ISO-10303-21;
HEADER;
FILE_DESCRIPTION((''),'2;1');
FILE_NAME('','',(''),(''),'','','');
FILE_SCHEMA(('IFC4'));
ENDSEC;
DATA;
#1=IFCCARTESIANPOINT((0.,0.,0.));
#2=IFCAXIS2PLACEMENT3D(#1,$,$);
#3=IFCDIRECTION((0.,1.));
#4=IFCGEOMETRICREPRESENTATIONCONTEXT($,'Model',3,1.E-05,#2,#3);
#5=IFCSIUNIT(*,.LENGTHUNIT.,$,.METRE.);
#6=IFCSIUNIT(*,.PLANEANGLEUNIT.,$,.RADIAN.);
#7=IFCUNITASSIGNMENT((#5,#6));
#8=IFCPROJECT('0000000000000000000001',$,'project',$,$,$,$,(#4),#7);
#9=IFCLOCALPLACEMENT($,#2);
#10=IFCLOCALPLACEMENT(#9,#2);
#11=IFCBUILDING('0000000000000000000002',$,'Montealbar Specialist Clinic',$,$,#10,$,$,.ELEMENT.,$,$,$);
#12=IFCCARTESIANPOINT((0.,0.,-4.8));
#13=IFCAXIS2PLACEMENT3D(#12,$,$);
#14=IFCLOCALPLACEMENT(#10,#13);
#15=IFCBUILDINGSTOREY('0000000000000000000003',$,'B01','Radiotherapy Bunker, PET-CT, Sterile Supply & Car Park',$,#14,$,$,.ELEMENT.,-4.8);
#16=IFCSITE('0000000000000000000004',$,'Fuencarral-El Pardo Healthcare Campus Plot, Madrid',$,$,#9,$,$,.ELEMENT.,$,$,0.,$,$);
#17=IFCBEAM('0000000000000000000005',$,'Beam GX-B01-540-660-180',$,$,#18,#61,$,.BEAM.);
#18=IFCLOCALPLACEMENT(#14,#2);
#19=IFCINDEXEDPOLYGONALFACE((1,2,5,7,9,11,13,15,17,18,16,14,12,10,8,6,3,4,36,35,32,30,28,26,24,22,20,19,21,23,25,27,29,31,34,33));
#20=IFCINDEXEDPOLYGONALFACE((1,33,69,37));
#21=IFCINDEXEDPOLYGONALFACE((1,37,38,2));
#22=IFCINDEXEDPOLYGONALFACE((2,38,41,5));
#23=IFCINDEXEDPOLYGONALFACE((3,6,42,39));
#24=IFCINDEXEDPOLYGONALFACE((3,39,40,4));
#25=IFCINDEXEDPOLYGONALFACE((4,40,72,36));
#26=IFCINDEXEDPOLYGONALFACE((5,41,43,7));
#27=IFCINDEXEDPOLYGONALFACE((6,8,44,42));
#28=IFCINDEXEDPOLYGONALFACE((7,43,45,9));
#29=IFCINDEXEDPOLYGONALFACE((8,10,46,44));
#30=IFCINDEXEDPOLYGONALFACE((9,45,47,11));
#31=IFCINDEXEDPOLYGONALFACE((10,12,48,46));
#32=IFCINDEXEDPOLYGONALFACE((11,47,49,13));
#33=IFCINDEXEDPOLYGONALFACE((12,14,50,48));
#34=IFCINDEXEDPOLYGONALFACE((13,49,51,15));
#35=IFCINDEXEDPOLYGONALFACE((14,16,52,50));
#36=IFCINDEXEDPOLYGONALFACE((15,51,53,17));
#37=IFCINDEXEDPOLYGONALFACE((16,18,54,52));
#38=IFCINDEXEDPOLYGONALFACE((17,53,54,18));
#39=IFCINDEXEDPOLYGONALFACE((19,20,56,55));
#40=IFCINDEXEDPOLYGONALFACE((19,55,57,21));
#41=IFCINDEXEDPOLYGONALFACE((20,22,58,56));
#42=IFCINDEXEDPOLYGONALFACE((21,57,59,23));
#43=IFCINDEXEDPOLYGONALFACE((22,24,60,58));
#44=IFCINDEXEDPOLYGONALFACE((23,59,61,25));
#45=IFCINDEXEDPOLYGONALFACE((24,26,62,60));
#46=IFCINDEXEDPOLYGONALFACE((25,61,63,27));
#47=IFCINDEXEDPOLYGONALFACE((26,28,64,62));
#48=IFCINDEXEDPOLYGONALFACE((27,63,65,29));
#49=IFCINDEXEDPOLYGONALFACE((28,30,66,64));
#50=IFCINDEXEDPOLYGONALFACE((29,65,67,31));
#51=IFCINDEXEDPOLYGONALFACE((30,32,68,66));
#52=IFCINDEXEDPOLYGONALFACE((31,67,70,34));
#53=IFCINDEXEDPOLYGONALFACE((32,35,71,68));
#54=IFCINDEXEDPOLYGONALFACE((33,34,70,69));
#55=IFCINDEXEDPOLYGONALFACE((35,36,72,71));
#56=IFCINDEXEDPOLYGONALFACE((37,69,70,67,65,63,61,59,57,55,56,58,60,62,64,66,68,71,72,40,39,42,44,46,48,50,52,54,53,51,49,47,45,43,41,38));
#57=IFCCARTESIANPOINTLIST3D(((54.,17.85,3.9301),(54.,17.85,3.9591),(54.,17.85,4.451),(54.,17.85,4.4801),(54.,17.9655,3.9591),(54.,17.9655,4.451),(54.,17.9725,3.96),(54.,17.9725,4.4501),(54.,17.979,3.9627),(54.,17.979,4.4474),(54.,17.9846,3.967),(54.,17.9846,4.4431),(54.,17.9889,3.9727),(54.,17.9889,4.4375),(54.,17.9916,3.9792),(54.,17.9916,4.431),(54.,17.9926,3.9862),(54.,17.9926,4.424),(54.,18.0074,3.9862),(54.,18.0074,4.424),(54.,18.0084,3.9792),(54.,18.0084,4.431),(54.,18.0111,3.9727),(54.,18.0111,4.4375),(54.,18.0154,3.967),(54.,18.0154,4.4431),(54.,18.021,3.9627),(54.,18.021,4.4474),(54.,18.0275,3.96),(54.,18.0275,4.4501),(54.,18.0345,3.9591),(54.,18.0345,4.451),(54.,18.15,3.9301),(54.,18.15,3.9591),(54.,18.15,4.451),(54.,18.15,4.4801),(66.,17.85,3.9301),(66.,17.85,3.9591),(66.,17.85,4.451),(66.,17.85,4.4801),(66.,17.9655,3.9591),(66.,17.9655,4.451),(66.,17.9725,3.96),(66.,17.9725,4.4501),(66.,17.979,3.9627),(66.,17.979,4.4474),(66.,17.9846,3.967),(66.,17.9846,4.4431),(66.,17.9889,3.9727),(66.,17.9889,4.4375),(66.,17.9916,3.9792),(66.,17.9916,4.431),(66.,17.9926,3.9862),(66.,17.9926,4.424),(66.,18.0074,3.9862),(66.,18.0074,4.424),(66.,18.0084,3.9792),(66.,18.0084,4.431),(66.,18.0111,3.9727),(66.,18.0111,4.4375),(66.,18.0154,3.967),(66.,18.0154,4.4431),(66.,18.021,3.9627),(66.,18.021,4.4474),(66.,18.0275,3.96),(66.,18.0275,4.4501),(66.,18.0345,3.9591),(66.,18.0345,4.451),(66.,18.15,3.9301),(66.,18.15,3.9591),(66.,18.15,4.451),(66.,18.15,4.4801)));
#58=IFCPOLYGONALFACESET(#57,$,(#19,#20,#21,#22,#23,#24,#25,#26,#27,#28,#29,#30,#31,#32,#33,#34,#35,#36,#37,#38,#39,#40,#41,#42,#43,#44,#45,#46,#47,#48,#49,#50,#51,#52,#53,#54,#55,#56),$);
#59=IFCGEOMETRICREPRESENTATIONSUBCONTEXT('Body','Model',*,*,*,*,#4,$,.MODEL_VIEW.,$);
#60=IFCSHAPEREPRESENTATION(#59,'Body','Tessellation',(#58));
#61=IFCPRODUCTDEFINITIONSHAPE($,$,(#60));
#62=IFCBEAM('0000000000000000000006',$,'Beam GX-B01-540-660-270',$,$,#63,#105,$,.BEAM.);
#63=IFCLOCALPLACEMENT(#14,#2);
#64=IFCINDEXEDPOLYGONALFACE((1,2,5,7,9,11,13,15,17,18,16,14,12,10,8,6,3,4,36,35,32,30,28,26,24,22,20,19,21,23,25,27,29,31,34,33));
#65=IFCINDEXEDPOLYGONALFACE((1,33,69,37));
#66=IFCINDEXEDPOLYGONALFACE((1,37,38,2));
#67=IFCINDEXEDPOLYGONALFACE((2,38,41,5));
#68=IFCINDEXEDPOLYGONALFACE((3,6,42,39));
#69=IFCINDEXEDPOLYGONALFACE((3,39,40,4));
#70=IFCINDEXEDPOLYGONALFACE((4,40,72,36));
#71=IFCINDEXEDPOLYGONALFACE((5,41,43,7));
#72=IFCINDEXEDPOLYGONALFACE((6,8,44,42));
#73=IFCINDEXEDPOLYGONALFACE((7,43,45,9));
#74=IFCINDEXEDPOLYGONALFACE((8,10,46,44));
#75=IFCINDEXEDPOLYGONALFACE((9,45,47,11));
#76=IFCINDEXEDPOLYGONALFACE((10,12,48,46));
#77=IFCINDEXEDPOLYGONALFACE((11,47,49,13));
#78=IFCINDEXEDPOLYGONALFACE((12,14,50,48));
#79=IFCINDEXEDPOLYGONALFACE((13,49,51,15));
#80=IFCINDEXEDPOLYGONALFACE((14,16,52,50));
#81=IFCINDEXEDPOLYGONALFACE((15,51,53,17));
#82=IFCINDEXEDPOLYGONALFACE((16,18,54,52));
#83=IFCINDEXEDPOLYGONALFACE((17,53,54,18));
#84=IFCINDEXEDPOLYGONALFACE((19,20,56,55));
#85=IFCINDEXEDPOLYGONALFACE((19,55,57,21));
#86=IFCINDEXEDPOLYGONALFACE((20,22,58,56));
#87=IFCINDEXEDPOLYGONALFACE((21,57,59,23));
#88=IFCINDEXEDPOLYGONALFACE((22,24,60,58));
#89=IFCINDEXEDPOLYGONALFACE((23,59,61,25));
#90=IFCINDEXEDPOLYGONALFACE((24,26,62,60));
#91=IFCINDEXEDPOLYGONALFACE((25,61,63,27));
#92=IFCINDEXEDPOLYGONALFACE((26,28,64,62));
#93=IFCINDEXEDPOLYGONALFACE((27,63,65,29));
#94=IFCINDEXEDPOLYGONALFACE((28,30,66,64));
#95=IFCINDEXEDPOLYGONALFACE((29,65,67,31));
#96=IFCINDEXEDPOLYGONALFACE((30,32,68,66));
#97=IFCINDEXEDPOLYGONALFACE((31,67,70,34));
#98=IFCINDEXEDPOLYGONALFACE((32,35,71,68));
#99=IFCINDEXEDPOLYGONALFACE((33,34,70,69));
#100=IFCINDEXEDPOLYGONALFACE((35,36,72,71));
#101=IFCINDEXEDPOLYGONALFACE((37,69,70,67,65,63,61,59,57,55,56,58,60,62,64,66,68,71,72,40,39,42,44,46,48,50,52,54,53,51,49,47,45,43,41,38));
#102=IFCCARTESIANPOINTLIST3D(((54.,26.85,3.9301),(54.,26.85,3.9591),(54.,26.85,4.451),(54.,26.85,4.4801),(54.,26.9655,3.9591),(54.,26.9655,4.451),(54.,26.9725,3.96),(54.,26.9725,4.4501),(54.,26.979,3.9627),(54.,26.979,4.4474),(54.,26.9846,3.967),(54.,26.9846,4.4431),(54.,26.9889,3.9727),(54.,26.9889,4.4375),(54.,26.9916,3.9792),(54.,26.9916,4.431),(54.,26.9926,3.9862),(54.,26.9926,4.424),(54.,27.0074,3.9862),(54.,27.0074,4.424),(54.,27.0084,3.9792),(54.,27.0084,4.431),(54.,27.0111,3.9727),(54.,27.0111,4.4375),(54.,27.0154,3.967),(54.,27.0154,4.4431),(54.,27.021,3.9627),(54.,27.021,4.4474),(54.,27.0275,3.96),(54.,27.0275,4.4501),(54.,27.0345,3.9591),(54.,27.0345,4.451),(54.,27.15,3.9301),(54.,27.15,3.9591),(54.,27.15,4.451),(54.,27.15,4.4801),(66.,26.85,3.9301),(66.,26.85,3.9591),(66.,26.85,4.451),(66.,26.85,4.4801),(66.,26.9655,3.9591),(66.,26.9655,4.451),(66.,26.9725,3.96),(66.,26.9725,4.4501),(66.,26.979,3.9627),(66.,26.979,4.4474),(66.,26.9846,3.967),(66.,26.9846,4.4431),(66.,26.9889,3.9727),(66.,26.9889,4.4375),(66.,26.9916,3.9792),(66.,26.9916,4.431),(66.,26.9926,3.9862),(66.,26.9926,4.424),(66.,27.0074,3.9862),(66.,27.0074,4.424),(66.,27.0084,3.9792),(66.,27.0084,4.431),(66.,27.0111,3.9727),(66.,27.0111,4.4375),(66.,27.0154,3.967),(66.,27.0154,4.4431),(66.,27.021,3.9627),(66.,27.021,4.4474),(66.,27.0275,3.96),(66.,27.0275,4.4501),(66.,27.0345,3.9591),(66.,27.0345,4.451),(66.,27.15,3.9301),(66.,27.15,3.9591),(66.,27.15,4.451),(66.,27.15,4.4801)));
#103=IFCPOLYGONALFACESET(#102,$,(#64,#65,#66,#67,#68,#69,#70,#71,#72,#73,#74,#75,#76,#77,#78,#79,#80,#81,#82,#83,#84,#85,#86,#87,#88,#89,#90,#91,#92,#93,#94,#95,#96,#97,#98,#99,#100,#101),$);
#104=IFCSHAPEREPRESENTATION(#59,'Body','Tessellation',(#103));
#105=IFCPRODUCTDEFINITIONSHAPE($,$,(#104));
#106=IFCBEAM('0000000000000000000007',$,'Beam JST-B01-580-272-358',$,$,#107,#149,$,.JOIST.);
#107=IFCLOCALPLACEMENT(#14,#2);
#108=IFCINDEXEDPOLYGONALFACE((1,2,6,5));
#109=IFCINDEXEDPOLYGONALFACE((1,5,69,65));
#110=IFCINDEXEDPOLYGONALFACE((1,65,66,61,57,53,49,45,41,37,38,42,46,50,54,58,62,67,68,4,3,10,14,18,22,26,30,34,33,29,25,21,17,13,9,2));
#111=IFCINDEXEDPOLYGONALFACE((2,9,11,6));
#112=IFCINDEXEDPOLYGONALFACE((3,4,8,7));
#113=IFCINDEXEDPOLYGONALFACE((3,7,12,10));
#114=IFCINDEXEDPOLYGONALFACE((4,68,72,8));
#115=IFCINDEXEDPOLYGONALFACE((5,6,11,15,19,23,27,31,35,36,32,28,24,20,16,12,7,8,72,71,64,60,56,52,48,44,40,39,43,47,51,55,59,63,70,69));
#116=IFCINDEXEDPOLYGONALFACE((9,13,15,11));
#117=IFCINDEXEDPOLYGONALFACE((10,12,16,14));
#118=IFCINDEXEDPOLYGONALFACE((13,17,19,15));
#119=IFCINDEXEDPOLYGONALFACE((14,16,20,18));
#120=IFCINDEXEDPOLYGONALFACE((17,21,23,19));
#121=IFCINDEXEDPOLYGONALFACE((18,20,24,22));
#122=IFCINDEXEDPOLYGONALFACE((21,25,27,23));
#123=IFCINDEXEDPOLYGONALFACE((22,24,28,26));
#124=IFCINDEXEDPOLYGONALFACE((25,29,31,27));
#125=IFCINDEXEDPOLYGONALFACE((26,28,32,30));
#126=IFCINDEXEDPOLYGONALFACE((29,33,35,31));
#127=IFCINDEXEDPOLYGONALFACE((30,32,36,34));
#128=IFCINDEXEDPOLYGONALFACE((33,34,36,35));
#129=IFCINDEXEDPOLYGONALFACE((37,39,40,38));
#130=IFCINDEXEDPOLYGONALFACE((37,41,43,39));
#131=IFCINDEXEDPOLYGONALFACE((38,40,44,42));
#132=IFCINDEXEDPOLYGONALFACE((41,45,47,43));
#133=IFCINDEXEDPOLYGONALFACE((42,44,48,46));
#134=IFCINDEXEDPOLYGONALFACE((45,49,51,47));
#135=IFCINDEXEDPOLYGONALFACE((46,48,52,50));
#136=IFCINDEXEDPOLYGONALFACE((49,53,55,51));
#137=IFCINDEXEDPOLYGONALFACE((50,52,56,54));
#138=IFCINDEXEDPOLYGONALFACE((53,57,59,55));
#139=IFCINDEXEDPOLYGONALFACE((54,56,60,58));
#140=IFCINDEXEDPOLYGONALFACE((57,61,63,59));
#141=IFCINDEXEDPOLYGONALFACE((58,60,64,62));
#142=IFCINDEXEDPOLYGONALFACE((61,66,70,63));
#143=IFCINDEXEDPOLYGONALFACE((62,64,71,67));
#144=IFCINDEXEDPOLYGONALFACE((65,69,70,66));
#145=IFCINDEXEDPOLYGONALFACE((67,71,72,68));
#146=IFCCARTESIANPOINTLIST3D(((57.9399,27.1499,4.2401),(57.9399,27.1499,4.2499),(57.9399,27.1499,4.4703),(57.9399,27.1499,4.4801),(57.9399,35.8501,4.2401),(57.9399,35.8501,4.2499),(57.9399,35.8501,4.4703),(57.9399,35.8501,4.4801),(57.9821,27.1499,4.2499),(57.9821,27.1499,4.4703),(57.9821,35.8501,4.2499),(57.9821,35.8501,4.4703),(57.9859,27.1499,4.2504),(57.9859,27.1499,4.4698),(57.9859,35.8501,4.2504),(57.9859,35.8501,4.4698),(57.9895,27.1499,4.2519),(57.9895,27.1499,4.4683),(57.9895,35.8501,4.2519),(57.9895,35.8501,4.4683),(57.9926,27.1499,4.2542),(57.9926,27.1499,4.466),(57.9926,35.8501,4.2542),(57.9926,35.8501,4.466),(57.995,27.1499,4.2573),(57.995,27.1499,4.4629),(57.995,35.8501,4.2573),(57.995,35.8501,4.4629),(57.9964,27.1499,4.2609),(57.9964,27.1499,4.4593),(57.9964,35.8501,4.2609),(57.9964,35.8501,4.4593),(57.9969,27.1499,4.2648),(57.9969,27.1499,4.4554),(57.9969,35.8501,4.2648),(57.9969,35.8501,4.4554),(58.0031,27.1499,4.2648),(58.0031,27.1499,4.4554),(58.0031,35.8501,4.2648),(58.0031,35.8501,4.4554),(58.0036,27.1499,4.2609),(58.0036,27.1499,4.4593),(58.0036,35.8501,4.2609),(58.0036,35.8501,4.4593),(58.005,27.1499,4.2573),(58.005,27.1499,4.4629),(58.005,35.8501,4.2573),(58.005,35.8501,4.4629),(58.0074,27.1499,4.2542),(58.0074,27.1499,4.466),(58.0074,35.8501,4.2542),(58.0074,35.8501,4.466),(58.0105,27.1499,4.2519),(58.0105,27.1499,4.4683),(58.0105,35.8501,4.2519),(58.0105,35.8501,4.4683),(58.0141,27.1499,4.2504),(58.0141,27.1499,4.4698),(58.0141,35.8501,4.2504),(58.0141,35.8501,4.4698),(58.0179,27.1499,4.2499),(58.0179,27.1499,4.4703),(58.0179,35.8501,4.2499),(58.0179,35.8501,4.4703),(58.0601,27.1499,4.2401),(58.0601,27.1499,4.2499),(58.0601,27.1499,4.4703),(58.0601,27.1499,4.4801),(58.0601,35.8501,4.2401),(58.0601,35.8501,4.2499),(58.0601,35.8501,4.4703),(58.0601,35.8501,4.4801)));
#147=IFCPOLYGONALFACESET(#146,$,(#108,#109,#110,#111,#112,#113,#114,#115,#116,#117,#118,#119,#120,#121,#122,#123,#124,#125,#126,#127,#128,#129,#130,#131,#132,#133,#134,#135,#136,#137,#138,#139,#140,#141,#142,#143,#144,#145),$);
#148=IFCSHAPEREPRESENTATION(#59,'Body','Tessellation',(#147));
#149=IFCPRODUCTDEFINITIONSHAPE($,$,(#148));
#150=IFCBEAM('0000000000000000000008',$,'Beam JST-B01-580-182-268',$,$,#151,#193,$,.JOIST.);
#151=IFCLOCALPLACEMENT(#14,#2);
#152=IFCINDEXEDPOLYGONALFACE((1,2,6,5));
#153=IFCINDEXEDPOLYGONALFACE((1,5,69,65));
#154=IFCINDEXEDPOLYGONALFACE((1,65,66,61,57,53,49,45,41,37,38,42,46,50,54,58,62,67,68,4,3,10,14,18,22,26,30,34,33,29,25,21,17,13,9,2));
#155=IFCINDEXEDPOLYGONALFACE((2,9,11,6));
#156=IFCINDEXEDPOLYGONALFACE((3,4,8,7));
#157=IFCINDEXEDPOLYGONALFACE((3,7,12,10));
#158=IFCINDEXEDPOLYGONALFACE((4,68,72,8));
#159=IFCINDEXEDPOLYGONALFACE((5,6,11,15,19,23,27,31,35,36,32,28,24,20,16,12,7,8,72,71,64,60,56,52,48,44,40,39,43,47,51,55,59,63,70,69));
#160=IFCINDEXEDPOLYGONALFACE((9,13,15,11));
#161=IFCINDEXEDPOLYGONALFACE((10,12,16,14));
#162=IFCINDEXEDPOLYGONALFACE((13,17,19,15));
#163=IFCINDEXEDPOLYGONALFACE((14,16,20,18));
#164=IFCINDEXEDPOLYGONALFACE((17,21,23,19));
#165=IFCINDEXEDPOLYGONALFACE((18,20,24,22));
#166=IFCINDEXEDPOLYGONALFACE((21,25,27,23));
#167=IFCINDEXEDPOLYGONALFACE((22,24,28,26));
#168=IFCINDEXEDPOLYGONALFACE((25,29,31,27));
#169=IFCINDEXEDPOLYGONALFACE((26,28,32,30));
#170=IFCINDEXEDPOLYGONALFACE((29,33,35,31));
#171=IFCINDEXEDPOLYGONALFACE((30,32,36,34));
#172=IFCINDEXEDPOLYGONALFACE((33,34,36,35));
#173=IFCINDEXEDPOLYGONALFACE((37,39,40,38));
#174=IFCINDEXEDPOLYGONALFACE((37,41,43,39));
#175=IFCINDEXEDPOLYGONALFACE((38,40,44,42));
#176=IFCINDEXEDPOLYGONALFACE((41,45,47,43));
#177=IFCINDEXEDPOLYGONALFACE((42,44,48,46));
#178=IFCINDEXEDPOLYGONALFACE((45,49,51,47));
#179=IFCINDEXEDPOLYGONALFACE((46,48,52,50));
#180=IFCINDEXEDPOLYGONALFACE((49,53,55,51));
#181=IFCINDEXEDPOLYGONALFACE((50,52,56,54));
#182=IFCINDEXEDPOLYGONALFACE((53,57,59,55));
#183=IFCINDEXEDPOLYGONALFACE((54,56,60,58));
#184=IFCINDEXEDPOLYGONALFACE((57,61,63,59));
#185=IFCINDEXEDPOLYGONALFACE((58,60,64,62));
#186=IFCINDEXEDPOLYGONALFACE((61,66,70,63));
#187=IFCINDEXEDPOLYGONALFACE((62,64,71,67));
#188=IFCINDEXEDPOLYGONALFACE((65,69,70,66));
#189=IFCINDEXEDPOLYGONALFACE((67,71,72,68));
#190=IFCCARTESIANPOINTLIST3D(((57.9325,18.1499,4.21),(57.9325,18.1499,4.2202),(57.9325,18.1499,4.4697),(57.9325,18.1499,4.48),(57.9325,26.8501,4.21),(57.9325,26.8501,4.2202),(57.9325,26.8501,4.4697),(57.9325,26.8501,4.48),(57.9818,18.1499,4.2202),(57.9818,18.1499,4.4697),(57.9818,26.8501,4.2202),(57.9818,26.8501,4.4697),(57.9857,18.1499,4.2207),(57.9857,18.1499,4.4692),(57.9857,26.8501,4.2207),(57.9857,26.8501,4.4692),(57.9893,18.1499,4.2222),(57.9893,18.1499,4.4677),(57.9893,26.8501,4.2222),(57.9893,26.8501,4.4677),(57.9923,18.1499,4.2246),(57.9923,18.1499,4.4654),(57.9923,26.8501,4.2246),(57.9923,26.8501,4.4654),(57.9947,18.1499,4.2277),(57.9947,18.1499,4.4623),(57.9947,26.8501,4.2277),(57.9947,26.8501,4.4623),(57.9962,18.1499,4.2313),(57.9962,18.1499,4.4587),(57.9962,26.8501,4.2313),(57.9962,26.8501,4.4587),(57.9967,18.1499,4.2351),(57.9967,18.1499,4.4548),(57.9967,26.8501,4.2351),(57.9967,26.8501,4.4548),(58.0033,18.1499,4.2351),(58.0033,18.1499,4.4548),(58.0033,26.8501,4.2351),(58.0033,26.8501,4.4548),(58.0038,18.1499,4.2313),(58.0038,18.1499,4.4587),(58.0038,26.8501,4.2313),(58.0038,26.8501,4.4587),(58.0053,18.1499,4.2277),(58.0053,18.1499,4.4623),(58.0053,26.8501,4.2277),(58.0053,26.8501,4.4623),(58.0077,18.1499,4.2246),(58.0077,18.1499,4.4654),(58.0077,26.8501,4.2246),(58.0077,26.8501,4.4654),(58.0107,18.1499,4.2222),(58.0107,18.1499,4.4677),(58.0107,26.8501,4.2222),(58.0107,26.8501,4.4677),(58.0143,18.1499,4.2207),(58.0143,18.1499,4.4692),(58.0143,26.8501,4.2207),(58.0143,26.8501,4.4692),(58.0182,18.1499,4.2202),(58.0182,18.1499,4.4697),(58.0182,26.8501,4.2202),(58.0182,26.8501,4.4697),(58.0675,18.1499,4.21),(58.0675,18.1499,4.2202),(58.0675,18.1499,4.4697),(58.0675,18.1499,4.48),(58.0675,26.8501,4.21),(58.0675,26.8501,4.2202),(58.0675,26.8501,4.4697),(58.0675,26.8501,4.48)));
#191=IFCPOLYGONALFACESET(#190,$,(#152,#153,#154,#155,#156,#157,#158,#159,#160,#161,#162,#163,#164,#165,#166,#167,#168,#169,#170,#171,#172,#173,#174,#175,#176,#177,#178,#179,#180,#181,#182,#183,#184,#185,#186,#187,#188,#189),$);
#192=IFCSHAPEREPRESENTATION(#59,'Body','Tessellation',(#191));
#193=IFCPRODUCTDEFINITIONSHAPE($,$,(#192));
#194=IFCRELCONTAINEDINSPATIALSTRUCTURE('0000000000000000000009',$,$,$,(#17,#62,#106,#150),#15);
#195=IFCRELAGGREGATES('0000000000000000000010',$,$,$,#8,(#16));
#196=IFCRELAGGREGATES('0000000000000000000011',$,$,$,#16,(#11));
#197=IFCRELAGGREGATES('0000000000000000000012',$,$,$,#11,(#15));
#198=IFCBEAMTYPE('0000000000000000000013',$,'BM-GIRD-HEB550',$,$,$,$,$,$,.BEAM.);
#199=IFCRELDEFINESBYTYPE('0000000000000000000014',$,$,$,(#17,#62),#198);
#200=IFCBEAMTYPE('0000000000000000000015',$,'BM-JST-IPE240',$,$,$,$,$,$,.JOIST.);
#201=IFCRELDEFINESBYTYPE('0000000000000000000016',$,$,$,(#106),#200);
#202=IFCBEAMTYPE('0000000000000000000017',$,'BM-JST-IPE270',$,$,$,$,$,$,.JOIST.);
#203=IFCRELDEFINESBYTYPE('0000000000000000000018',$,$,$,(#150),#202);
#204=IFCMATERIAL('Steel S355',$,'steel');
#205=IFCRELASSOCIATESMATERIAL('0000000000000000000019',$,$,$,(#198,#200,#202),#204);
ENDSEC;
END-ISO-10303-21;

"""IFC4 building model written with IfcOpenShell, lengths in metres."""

from ifc_helpers import new_model, si_unit, direction, frame, origin, origin_2d, place, context, subcontext, project, spatial, i_section, extrude, material, material_profile, profile_set, type_object, element, save


model = new_model("IFC4")

# Units and contexts
model_context = context("Model", 3, precision=1e-05, world=origin(), true_north=direction((0.0, 1.0)))
body_context = subcontext(model_context, "Body", "Model", "MODEL_VIEW")
ifc_project = project(units=[si_unit("LENGTHUNIT", "METRE"), si_unit("PLANEANGLEUNIT", "RADIAN")], contexts=[model_context])

# Site, building, storey
site_placement = place(None, origin())
site = spatial("IfcSite", under=ifc_project, at=site_placement, Name="Fuencarral-El Pardo Healthcare Campus Plot, Madrid", CompositionType="ELEMENT", RefElevation=0.0)
building_placement = place(site_placement, origin())
building = spatial("IfcBuilding", under=site, at=building_placement, Name="Montealbar Specialist Clinic", CompositionType="ELEMENT")
storey_placement = place(building_placement, frame((0.0, 0.0, -4.8)))
storey = spatial("IfcBuildingStorey", under=building, at=storey_placement, Name="B01", Description="Radiotherapy Bunker, PET-CT, Sterile Supply & Car Park", CompositionType="ELEMENT", Elevation=-4.8)

# Shared definitions
ifc_material_1 = material(Name="Steel S355", Category="steel")

# Beams
ifc_material_profile_1 = material_profile(ifc_material_1, i_section(OverallWidth=0.3, OverallDepth=0.55, WebThickness=0.0149, FlangeThickness=0.0291, FilletRadius=0.0271, at=origin_2d()), Name="HEB 550", Category="steel")
ifc_profile_set_1 = profile_set([ifc_material_profile_1], Name="Steel S355")
beam_type_1 = type_object("IfcBeamType", Name="BM-GIRD-HEB550", PredefinedType="BEAM", material=ifc_profile_set_1)
for number, where, z_axis, x_axis, name in (
    (1, (54.0, 18.0, 4.2051), (1.0, 0.0, 0.0), (0.0, 1.0, 0.0), "Beam GX-B01-540-660-180"),
    (2, (54.0, 27.0, 4.2051), (1.0, 0.0, 0.0), (0.0, 1.0, 0.0), "Beam GX-B01-540-660-270"),
):
    element("IfcBeam", number, at=place(storey_placement, frame(where, z_axis=z_axis, x_axis=x_axis)), inside=storey, type_object=beam_type_1, Name=name, PredefinedType="BEAM", context=body_context, shape_type="SweptSolid", body=[
        extrude(i_section(OverallWidth=0.3, OverallDepth=0.55, WebThickness=0.0149, FlangeThickness=0.0291, FilletRadius=0.0271, at=origin_2d()), origin(), (0.0, 0.0, 1.0), 12.0),
    ])
ifc_material_profile_2 = material_profile(ifc_material_1, i_section(OverallWidth=0.1201, OverallDepth=0.24, WebThickness=0.0061, FlangeThickness=0.0098, FilletRadius=0.0149, at=origin_2d()), Name="IPE 240", Category="steel")
ifc_profile_set_2 = profile_set([ifc_material_profile_2], Name="Steel S355")
beam_type_2 = type_object("IfcBeamType", Name="BM-JST-IPE240", PredefinedType="JOIST", material=ifc_profile_set_2)
beam_1_placement = place(storey_placement, frame((58.0, 27.1499, 4.3601), z_axis=(0.0, 1.0, 0.0), x_axis=(-1.0, 0.0, 0.0)))
element("IfcBeam", 3, at=beam_1_placement, inside=storey, type_object=beam_type_2, Name="Beam JST-B01-580-272-358", PredefinedType="JOIST", context=body_context, shape_type="SweptSolid", body=[
    extrude(i_section(OverallWidth=0.1201, OverallDepth=0.24, WebThickness=0.0061, FlangeThickness=0.0098, FilletRadius=0.0149, at=origin_2d()), origin(), (0.0, 0.0, 1.0), 8.7002),
])
ifc_material_profile_3 = material_profile(ifc_material_1, i_section(OverallWidth=0.135, OverallDepth=0.27, WebThickness=0.0066, FlangeThickness=0.0103, FilletRadius=0.0149, at=origin_2d()), Name="IPE 270", Category="steel")
ifc_profile_set_3 = profile_set([ifc_material_profile_3], Name="Steel S355")
beam_type_3 = type_object("IfcBeamType", Name="BM-JST-IPE270", PredefinedType="JOIST", material=ifc_profile_set_3)
for number, where, z_axis, x_axis, name in (
    (4, (58.0, 18.1499, 4.345), (0.0, 1.0, 0.0), (-1.0, 0.0, 0.0), "Beam JST-B01-580-182-268"),
):
    element("IfcBeam", number, at=place(storey_placement, frame(where, z_axis=z_axis, x_axis=x_axis)), inside=storey, type_object=beam_type_3, Name=name, PredefinedType="JOIST", context=body_context, shape_type="SweptSolid", body=[
        extrude(i_section(OverallWidth=0.135, OverallDepth=0.27, WebThickness=0.0066, FlangeThickness=0.0103, FilletRadius=0.0149, at=origin_2d()), origin(), (0.0, 0.0, 1.0), 8.7002),
    ])

save(model, "model.ifc")
